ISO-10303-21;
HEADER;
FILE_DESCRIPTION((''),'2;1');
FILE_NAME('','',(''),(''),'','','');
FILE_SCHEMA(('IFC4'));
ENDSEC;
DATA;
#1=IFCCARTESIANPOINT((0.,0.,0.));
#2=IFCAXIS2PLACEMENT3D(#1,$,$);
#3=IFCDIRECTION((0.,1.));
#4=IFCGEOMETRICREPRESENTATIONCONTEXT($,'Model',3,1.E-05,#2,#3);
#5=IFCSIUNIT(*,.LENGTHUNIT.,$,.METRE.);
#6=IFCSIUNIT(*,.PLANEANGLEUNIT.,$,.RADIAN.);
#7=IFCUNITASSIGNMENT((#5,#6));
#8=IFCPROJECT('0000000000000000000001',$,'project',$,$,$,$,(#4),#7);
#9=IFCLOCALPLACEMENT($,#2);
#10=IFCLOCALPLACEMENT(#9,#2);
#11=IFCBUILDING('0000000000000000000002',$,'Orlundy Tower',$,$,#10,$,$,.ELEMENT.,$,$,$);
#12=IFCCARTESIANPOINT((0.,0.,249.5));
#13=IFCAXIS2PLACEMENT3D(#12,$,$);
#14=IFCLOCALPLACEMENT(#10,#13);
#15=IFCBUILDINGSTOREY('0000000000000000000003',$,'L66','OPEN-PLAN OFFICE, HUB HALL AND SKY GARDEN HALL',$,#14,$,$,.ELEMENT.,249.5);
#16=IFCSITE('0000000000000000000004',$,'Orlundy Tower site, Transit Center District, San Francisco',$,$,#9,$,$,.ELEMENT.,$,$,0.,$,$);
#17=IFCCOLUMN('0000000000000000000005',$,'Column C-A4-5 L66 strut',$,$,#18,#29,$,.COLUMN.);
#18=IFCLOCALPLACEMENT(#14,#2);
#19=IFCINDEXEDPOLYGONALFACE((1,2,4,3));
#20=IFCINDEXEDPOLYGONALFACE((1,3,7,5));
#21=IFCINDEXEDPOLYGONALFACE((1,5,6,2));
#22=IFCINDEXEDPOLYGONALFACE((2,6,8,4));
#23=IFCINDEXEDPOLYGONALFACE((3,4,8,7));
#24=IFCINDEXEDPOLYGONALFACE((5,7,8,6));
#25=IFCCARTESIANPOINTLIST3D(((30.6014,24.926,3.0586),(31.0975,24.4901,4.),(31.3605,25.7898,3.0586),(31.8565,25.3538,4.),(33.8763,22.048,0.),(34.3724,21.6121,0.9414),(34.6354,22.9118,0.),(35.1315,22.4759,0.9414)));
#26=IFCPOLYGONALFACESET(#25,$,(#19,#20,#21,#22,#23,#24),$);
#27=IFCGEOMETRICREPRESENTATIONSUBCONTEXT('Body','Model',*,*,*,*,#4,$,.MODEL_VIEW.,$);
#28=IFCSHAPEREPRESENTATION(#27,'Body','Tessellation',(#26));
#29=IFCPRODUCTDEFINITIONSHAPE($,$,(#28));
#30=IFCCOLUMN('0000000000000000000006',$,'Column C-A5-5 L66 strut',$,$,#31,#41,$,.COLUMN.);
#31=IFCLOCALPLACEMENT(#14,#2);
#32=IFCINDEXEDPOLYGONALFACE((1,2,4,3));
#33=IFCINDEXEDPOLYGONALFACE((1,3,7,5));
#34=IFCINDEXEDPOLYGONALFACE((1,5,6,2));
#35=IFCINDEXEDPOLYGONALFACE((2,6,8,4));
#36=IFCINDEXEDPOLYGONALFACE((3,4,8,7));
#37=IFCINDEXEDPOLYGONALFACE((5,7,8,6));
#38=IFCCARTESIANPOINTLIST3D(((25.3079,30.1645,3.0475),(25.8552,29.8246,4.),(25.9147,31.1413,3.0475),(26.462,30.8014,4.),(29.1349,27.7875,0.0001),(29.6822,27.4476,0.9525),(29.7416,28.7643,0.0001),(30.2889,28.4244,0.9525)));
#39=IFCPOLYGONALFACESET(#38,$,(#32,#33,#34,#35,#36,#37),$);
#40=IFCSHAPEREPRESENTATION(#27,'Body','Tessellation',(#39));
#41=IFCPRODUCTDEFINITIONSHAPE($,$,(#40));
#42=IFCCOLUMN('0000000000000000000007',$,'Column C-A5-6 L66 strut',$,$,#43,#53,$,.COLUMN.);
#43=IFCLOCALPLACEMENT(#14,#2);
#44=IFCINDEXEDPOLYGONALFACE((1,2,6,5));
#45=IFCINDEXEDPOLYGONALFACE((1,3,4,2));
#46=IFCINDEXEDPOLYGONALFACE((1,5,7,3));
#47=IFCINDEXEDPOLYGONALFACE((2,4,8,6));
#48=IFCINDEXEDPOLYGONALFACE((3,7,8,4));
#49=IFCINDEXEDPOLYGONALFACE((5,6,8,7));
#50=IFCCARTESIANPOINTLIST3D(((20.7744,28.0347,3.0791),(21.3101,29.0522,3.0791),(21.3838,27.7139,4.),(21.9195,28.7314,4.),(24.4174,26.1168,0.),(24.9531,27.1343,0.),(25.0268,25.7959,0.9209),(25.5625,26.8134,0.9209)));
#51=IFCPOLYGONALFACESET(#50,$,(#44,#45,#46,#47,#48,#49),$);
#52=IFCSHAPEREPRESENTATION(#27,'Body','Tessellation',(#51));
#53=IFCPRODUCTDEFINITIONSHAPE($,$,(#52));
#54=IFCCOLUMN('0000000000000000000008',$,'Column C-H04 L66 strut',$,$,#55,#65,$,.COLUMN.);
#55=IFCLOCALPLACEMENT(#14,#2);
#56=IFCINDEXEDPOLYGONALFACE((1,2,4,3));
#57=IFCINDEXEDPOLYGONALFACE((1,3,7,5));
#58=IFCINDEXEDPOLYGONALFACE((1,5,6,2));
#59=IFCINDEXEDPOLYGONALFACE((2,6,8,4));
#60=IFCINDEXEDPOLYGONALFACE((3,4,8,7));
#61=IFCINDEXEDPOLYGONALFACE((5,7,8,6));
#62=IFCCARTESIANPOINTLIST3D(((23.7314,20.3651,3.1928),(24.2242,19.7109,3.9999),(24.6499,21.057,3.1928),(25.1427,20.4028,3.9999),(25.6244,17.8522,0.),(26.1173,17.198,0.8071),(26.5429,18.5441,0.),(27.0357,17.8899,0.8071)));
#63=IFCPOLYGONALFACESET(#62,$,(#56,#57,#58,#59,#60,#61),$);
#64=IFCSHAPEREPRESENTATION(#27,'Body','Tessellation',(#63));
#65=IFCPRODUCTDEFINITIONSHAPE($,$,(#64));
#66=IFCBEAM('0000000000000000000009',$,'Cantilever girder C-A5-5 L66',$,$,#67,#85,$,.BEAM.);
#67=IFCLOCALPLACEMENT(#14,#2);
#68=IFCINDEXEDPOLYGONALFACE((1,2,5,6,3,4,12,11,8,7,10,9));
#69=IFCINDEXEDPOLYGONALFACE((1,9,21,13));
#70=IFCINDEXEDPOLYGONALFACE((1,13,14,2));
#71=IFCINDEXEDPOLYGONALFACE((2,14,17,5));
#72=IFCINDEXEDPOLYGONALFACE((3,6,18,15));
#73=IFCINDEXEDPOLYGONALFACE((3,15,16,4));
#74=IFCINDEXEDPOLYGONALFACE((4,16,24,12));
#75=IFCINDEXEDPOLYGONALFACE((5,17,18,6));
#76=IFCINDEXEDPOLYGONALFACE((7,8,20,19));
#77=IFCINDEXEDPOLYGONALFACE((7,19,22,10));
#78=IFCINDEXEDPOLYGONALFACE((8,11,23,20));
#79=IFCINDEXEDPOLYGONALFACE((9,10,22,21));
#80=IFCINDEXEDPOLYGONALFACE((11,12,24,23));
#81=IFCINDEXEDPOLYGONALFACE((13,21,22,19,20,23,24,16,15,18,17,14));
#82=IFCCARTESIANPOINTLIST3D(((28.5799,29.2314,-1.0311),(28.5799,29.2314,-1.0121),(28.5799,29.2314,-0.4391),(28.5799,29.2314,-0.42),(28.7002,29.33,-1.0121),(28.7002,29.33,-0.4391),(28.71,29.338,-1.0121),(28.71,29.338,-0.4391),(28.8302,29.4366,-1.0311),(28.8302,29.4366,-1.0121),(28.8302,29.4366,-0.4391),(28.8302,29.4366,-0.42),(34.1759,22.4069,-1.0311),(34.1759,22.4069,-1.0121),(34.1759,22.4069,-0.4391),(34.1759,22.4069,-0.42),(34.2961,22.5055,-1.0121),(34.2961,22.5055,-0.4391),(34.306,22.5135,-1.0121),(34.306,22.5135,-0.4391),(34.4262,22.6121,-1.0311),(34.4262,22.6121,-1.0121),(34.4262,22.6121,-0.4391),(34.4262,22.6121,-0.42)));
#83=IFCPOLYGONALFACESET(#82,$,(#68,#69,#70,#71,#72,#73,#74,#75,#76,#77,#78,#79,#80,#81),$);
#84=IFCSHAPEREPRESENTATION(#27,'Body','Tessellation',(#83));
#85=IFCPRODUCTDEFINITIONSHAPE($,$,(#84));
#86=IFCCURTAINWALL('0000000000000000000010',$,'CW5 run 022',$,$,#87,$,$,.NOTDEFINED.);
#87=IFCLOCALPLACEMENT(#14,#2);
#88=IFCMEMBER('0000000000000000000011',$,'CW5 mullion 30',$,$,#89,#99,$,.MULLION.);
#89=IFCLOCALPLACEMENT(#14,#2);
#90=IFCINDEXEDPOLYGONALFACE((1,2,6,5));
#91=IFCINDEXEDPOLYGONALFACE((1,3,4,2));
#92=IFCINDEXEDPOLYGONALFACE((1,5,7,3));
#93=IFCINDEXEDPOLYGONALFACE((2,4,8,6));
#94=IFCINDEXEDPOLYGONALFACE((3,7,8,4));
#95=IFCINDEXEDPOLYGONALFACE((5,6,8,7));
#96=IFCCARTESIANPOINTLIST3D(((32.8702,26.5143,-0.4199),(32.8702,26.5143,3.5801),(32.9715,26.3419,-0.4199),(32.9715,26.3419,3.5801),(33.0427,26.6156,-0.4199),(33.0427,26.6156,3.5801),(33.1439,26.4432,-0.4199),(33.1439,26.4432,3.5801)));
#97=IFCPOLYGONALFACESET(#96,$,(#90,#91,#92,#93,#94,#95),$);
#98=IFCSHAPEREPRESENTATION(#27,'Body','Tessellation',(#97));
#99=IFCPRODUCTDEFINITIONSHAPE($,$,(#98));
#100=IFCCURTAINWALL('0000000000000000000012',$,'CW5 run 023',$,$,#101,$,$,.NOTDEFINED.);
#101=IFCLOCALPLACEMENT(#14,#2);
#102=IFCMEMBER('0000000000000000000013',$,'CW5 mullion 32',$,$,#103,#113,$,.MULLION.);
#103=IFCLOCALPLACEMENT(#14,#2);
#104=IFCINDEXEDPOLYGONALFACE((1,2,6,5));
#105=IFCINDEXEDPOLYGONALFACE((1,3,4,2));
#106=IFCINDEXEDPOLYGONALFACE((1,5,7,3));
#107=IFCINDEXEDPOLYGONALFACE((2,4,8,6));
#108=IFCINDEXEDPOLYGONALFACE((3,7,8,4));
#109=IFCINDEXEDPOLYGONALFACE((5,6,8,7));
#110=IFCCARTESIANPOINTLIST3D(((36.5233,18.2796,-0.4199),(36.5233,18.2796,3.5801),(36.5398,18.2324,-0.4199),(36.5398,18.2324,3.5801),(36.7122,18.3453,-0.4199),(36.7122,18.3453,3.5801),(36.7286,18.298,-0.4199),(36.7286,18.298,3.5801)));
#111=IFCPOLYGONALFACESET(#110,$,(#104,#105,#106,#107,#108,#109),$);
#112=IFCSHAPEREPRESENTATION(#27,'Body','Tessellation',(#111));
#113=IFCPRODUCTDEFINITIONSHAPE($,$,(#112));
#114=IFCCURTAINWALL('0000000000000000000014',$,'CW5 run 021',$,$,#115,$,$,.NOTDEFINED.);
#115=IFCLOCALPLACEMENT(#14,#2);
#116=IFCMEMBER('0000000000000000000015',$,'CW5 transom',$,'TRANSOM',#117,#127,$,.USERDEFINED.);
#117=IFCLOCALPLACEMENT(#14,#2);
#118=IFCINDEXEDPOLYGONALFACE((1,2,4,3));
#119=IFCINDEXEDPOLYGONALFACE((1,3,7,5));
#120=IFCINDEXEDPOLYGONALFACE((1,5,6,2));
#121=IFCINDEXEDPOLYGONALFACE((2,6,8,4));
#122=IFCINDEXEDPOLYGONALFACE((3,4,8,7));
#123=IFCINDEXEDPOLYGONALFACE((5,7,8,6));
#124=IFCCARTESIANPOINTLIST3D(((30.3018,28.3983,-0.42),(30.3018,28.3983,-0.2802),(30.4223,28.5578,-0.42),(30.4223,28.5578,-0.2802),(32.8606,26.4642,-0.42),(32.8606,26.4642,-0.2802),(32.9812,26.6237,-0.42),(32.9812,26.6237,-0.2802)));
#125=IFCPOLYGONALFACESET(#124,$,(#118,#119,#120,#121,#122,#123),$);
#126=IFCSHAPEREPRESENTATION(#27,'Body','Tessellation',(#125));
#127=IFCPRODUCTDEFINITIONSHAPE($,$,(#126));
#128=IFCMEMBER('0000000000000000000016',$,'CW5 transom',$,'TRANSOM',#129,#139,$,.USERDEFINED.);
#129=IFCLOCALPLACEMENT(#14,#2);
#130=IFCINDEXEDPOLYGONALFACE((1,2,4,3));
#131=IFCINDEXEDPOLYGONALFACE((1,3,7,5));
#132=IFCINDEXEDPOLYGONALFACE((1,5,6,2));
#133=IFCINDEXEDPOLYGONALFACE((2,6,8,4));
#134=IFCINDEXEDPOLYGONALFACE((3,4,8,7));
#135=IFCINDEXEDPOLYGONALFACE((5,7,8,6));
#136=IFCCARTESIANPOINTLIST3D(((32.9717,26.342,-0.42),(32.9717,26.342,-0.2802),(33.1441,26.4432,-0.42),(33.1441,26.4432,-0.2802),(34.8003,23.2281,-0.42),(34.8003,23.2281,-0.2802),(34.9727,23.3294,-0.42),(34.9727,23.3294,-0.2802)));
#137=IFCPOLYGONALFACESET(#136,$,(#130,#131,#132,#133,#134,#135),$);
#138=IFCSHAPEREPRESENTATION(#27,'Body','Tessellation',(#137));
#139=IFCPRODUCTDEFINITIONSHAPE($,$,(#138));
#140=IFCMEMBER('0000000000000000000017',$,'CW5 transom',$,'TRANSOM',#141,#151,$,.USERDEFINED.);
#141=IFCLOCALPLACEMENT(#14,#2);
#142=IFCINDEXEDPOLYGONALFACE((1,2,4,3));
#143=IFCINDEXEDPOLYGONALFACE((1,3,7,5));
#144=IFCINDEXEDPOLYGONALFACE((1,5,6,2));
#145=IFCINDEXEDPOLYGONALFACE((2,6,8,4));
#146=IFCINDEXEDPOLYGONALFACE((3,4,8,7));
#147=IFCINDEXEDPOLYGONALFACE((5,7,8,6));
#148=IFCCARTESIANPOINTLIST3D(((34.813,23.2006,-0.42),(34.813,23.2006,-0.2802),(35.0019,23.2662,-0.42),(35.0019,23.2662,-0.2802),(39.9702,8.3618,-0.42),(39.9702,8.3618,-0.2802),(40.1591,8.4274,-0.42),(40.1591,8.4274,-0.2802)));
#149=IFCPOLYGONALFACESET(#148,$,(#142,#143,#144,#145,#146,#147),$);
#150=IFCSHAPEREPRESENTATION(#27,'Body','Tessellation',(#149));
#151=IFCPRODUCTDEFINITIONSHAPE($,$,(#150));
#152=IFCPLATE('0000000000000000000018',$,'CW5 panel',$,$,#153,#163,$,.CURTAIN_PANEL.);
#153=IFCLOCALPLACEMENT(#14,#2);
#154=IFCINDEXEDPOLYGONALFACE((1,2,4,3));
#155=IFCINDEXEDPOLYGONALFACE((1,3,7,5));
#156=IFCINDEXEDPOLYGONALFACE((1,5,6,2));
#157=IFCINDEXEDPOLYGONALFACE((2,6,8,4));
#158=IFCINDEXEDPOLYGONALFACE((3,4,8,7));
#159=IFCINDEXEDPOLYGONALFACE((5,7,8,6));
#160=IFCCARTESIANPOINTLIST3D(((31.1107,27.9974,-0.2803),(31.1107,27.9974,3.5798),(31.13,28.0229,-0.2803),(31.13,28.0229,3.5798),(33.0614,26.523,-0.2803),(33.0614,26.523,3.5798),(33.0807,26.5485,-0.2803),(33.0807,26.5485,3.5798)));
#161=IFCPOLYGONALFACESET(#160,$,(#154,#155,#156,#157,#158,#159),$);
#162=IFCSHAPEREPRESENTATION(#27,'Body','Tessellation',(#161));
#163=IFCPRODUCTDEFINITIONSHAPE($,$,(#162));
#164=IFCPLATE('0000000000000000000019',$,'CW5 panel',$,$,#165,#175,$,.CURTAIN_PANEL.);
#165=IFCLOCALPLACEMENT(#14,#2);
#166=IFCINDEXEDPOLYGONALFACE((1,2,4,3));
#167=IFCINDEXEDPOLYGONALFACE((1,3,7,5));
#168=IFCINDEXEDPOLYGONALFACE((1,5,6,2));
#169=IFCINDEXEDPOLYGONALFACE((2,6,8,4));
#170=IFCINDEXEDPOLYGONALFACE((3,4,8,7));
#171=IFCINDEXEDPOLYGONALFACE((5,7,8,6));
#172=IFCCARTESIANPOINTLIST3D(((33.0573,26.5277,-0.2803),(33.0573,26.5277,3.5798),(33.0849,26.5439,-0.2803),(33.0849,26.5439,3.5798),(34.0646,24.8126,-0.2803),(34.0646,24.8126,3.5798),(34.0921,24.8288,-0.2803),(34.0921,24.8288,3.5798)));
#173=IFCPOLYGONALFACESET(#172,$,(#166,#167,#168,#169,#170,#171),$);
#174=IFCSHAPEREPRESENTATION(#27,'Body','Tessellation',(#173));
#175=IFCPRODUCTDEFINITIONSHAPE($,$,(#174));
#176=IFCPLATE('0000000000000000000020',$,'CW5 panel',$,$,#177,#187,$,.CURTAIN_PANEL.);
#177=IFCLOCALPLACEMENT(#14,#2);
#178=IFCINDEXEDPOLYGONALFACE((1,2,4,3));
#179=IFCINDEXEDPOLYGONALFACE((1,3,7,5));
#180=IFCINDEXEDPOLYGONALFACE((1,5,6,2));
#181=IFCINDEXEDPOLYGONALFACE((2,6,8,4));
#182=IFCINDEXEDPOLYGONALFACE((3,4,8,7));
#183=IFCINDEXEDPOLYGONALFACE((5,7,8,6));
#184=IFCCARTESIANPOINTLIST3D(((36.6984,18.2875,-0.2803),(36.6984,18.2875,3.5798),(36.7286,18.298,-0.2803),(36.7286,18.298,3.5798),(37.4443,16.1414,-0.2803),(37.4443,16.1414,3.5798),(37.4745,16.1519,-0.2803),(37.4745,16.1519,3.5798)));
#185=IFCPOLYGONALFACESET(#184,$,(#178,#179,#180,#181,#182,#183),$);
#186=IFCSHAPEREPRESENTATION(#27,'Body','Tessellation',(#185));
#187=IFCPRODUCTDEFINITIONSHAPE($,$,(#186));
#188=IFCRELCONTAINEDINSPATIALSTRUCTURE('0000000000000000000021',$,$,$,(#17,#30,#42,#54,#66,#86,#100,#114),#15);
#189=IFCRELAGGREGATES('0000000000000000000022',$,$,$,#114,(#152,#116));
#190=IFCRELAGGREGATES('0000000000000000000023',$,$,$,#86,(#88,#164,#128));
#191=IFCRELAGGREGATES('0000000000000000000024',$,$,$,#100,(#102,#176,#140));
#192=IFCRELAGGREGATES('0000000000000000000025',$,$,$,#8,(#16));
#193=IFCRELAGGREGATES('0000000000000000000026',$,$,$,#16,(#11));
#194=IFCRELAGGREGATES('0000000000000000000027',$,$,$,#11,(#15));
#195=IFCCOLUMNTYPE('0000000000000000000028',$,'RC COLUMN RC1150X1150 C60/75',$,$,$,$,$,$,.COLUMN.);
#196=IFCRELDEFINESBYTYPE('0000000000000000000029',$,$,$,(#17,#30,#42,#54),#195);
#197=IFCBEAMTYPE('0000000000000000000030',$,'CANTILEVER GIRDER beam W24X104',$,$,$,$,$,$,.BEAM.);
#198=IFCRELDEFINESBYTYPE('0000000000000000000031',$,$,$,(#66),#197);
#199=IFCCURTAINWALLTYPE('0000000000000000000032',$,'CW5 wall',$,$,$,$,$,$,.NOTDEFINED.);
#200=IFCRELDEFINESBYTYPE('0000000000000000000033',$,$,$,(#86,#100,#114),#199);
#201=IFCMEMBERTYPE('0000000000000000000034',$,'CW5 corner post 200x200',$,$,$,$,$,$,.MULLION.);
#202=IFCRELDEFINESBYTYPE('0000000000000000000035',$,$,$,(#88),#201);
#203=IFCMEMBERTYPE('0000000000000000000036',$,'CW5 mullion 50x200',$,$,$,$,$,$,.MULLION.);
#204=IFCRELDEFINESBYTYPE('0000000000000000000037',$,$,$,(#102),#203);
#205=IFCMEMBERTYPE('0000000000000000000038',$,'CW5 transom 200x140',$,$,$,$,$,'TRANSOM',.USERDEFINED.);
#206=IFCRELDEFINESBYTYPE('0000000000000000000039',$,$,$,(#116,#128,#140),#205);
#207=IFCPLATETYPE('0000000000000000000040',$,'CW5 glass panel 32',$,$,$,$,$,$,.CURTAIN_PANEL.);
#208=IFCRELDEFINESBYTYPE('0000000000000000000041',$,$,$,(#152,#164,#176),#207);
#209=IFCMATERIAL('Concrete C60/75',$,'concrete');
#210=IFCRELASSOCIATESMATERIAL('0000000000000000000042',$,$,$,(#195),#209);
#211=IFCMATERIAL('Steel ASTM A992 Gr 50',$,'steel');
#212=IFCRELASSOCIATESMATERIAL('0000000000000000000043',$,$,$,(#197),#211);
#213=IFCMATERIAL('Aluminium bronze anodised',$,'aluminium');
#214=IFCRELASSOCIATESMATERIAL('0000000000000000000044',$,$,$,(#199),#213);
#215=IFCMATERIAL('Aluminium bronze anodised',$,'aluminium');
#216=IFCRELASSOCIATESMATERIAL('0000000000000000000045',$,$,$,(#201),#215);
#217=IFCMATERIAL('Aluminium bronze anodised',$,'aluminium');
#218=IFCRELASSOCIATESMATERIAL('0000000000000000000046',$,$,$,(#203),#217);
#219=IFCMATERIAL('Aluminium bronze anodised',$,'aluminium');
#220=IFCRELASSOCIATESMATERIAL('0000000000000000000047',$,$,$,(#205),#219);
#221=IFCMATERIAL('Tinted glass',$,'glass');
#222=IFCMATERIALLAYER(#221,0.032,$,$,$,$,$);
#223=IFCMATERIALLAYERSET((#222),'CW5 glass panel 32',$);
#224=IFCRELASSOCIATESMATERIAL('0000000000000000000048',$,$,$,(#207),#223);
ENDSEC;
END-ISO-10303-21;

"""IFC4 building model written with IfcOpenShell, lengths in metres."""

from ifc_helpers import new_model, si_unit, direction, frame, origin, origin_2d, place, context, subcontext, project, spatial, rectangle, i_section, extrude, material, layer, layer_set, material_profile, profile_set, type_object, element, aggregate, save


model = new_model("IFC4")

# Units and contexts
model_context = context("Model", 3, precision=1e-05, world=origin(), true_north=direction((0.0, 1.0)))
body_context = subcontext(model_context, "Body", "Model", "MODEL_VIEW")
ifc_project = project(units=[si_unit("LENGTHUNIT", "METRE"), si_unit("PLANEANGLEUNIT", "RADIAN")], contexts=[model_context])

# Site, building, storey
site_placement = place(None, origin())
site = spatial("IfcSite", under=ifc_project, at=site_placement, Name="Orlundy Tower site, Transit Center District, San Francisco", CompositionType="ELEMENT", RefElevation=0.0)
building_placement = place(site_placement, origin())
building = spatial("IfcBuilding", under=site, at=building_placement, Name="Orlundy Tower", CompositionType="ELEMENT")
storey_placement = place(building_placement, frame((0.0, 0.0, 249.5)))
storey = spatial("IfcBuildingStorey", under=building, at=storey_placement, Name="L66", Description="OPEN-PLAN OFFICE, HUB HALL AND SKY GARDEN HALL", CompositionType="ELEMENT", Elevation=249.5)

# Columns
ifc_material_1 = material(Name="Concrete C60/75", Category="concrete")
ifc_material_profile_1 = material_profile(ifc_material_1, rectangle(XDim=1.1499, YDim=1.1499, at=origin_2d()), Name="RC1150X1150")
ifc_profile_set_1 = profile_set([ifc_material_profile_1], Name="Concrete C60/75")
column_type = type_object("IfcColumnType", Name="RC COLUMN RC1150X1150 C60/75", PredefinedType="COLUMN", material=ifc_profile_set_1)
column_1_placement = place(storey_placement, frame((34.5039, 22.262, 0.4707), z_axis=(-0.614931, 0.540391, 0.574315), x_axis=(-0.660113, -0.751167, 0.0)))
element("IfcColumn", 1, at=column_1_placement, inside=storey, type_object=column_type, Name="Column C-A4-5 L66 strut", PredefinedType="COLUMN", context=body_context, shape_type="SweptSolid", body=[
    extrude(rectangle(XDim=1.1499, YDim=1.1499, at=origin_2d()), origin(), (0.0, 0.0, 1.0), 5.3257),
])
column_2_placement = place(storey_placement, frame((29.7119, 28.106, 0.4763), z_axis=(-0.703619, 0.437029, 0.560291), x_axis=(-0.527625, -0.849478, 0.0)))
element("IfcColumn", 2, at=column_2_placement, inside=storey, type_object=column_type, Name="Column C-A5-5 L66 strut", PredefinedType="COLUMN", context=body_context, shape_type="SweptSolid", body=[
    extrude(rectangle(XDim=1.1499, YDim=1.1499, at=origin_2d()), origin(), (0.0, 0.0, 1.0), 5.439),
])
column_3_placement = place(storey_placement, frame((24.99, 26.4651, 0.4604), z_axis=(-0.70861, 0.373062, 0.598913), x_axis=(-0.465854, -0.884862, 0.0)))
element("IfcColumn", 3, at=column_3_placement, inside=storey, type_object=column_type, Name="Column C-A5-6 L66 strut", PredefinedType="COLUMN", context=body_context, shape_type="SweptSolid", body=[
    extrude(rectangle(XDim=1.1499, YDim=1.1499, at=origin_2d()), origin(), (0.0, 0.0, 1.0), 5.1411),
])
column_4_placement = place(storey_placement, frame((26.3301, 17.8711, 0.4036), z_axis=(-0.422322, 0.560609, 0.712294), x_axis=(-0.798722, -0.6017, 0.0)))
element("IfcColumn", 4, at=column_4_placement, inside=storey, type_object=column_type, Name="Column C-H04 L66 strut", PredefinedType="COLUMN", context=body_context, shape_type="SweptSolid", body=[
    extrude(rectangle(XDim=1.1499, YDim=1.1499, at=origin_2d()), origin(), (0.0, 0.0, 1.0), 4.4824),
])

# Beam
ifc_material_2 = material(Name="Steel ASTM A992 Gr 50", Category="steel")
ifc_material_profile_2 = material_profile(ifc_material_2, i_section(OverallWidth=0.3237, OverallDepth=0.6111, WebThickness=0.0127, FlangeThickness=0.019, at=origin_2d()), Name="W24X104")
ifc_profile_set_2 = profile_set([ifc_material_profile_2], Name="Steel ASTM A992 Gr 50")
beam_type = type_object("IfcBeamType", Name="CANTILEVER GIRDER beam W24X104", PredefinedType="BEAM", material=ifc_profile_set_2)
beam_placement = place(storey_placement, frame((28.7051, 29.334, -0.7256), z_axis=(0.634072, -0.773274, 0.0), x_axis=(0.773274, 0.634072, 0.0)))
element("IfcBeam", 5, at=beam_placement, inside=storey, type_object=beam_type, Name="Cantilever girder C-A5-5 L66", PredefinedType="BEAM", context=body_context, shape_type="SweptSolid", body=[
    extrude(i_section(OverallWidth=0.3237, OverallDepth=0.6111, WebThickness=0.0127, FlangeThickness=0.019, at=origin_2d()), origin(), (0.0, 0.0, 1.0), 8.8254),
])

# Curtain walls, members
ifc_material_3 = material(Name="Aluminium bronze anodised", Category="aluminium")
curtain_wall_type = type_object("IfcCurtainWallType", Name="CW5 wall", PredefinedType="NOTDEFINED", material=ifc_material_3)
curtain_wall_1_placement = place(storey_placement, origin())
curtain_wall_1 = element("IfcCurtainWall", 6, at=curtain_wall_1_placement, inside=storey, type_object=curtain_wall_type, Name="CW5 run 022", PredefinedType="NOTDEFINED")
ifc_material_4 = material(Name="Aluminium bronze anodised", Category="aluminium")
ifc_material_profile_3 = material_profile(ifc_material_4, rectangle(XDim=0.2, YDim=0.2, at=origin_2d()), Name="CW5 corner post 200x200")
ifc_profile_set_3 = profile_set([ifc_material_profile_3], Name="Aluminium bronze anodised")
member_type_1 = type_object("IfcMemberType", Name="CW5 corner post 200x200", PredefinedType="MULLION", material=ifc_profile_set_3)
member_1_placement = place(storey_placement, frame((33.0071, 26.4788, -0.4199), z_axis=(0.0, 0.0, 1.0), x_axis=(0.862288, 0.506419, 0.0)))
member_1 = element("IfcMember", 7, at=member_1_placement, type_object=member_type_1, Name="CW5 mullion 30", PredefinedType="MULLION", context=body_context, shape_type="SweptSolid", body=[
    extrude(rectangle(XDim=0.2, YDim=0.2, at=origin_2d()), origin(), (0.0, 0.0, 1.0), 4.0),
])
curtain_wall_2_placement = place(storey_placement, origin())
curtain_wall_2 = element("IfcCurtainWall", 8, at=curtain_wall_2_placement, inside=storey, type_object=curtain_wall_type, Name="CW5 run 023", PredefinedType="NOTDEFINED")
ifc_material_5 = material(Name="Aluminium bronze anodised", Category="aluminium")
ifc_material_profile_4 = material_profile(ifc_material_5, rectangle(XDim=0.2, YDim=0.05, at=origin_2d()), Name="CW5 mullion 50x200")
ifc_profile_set_4 = profile_set([ifc_material_profile_4], Name="Aluminium bronze anodised")
member_type_2 = type_object("IfcMemberType", Name="CW5 mullion 50x200", PredefinedType="MULLION", material=ifc_profile_set_4)
member_2_placement = place(storey_placement, frame((36.626, 18.2888, -0.4199), z_axis=(0.0, 0.0, 1.0), x_axis=(0.944578, 0.328288, 0.0)))
member_2 = element("IfcMember", 9, at=member_2_placement, type_object=member_type_2, Name="CW5 mullion 32", PredefinedType="MULLION", context=body_context, shape_type="SweptSolid", body=[
    extrude(rectangle(XDim=0.2, YDim=0.05, at=origin_2d()), origin(), (0.0, 0.0, 1.0), 4.0),
])
curtain_wall_3_placement = place(storey_placement, origin())
curtain_wall_3 = element("IfcCurtainWall", 10, at=curtain_wall_3_placement, inside=storey, type_object=curtain_wall_type, Name="CW5 run 021", PredefinedType="NOTDEFINED")
ifc_material_6 = material(Name="Aluminium bronze anodised", Category="aluminium")
ifc_material_profile_5 = material_profile(ifc_material_6, rectangle(XDim=0.2, YDim=0.1399, at=origin_2d()), Name="CW5 transom 200x140")
ifc_profile_set_5 = profile_set([ifc_material_profile_5], Name="Aluminium bronze anodised")
member_type_3 = type_object("IfcMemberType", Name="CW5 transom 200x140", ElementType="TRANSOM", PredefinedType="USERDEFINED", material=ifc_profile_set_5)
member_3_placement = place(storey_placement, frame((30.3621, 28.478, -0.3501), z_axis=(0.797757, -0.60298, 0.0), x_axis=(0.60298, 0.797757, 0.0)))
member_3 = element("IfcMember", 11, at=member_3_placement, type_object=member_type_3, Name="CW5 transom", ObjectType="TRANSOM", PredefinedType="USERDEFINED", context=body_context, shape_type="SweptSolid", body=[
    extrude(rectangle(XDim=0.2, YDim=0.1399, at=origin_2d()), origin(), (0.0, 0.0, 1.0), 3.2075),
])

# Members
member_4_placement = place(storey_placement, frame((33.0579, 26.3926, -0.3501), z_axis=(0.5064, -0.862299, 0.0), x_axis=(0.862299, 0.5064, 0.0)))
member_4 = element("IfcMember", 12, at=member_4_placement, type_object=member_type_3, Name="CW5 transom", ObjectType="TRANSOM", PredefinedType="USERDEFINED", context=body_context, shape_type="SweptSolid", body=[
    extrude(rectangle(XDim=0.2, YDim=0.1399, at=origin_2d()), origin(), (0.0, 0.0, 1.0), 3.6111),
])
member_5_placement = place(storey_placement, frame((34.9075, 23.2334, -0.3501), z_axis=(0.328287, -0.944578, 0.0), x_axis=(0.944578, 0.328287, 0.0)))
member_5 = element("IfcMember", 13, at=member_5_placement, type_object=member_type_3, Name="CW5 transom", ObjectType="TRANSOM", PredefinedType="USERDEFINED", context=body_context, shape_type="SweptSolid", body=[
    extrude(rectangle(XDim=0.2, YDim=0.1399, at=origin_2d()), origin(), (0.0, 0.0, 1.0), 15.7095),
])

# Plates
ifc_material_7 = material(Name="Tinted glass", Category="glass")
ifc_layer_1 = layer(ifc_material_7, 0.032)
ifc_layer_set_1 = layer_set([ifc_layer_1], Name="CW5 glass panel 32")
plate_type_1 = type_object("IfcPlateType", Name="CW5 glass panel 32", PredefinedType="CURTAIN_PANEL", material=ifc_layer_set_1)
plate_1_placement = place(storey_placement, frame((32.0957, 27.2729, -0.2803), z_axis=(0.0, 0.0, 1.0), x_axis=(0.797761, -0.602974, 0.0)))
plate_1 = element("IfcPlate", 14, at=plate_1_placement, type_object=plate_type_1, Name="CW5 panel", PredefinedType="CURTAIN_PANEL", context=body_context, shape_type="SweptSolid", body=[
    extrude(rectangle(XDim=2.4453, YDim=0.032, at=origin_2d()), origin(), (0.0, 0.0, 1.0), 3.8601),
])
aggregate(curtain_wall_3, [plate_1, member_3])
plate_2_placement = place(storey_placement, frame((33.5747, 25.6782, -0.2803), z_axis=(0.0, 0.0, 1.0), x_axis=(0.506419, -0.862288, 0.0)))
plate_2 = element("IfcPlate", 15, at=plate_2_placement, type_object=plate_type_1, Name="CW5 panel", PredefinedType="CURTAIN_PANEL", context=body_context, shape_type="SweptSolid", body=[
    extrude(rectangle(XDim=1.989, YDim=0.032, at=origin_2d()), origin(), (0.0, 0.0, 1.0), 3.8601),
])
aggregate(curtain_wall_1, [member_1, plate_2, member_4])
plate_3_placement = place(storey_placement, frame((37.0864, 17.2197, -0.2803), z_axis=(0.0, 0.0, 1.0), x_axis=(0.328288, -0.944578, 0.0)))
plate_3 = element("IfcPlate", 16, at=plate_3_placement, type_object=plate_type_1, Name="CW5 panel", PredefinedType="CURTAIN_PANEL", context=body_context, shape_type="SweptSolid", body=[
    extrude(rectangle(XDim=2.272, YDim=0.032, at=origin_2d()), origin(), (0.0, 0.0, 1.0), 3.8601),
])

aggregate(curtain_wall_2, [member_2, plate_3, member_5])

save(model, "model.ifc")
